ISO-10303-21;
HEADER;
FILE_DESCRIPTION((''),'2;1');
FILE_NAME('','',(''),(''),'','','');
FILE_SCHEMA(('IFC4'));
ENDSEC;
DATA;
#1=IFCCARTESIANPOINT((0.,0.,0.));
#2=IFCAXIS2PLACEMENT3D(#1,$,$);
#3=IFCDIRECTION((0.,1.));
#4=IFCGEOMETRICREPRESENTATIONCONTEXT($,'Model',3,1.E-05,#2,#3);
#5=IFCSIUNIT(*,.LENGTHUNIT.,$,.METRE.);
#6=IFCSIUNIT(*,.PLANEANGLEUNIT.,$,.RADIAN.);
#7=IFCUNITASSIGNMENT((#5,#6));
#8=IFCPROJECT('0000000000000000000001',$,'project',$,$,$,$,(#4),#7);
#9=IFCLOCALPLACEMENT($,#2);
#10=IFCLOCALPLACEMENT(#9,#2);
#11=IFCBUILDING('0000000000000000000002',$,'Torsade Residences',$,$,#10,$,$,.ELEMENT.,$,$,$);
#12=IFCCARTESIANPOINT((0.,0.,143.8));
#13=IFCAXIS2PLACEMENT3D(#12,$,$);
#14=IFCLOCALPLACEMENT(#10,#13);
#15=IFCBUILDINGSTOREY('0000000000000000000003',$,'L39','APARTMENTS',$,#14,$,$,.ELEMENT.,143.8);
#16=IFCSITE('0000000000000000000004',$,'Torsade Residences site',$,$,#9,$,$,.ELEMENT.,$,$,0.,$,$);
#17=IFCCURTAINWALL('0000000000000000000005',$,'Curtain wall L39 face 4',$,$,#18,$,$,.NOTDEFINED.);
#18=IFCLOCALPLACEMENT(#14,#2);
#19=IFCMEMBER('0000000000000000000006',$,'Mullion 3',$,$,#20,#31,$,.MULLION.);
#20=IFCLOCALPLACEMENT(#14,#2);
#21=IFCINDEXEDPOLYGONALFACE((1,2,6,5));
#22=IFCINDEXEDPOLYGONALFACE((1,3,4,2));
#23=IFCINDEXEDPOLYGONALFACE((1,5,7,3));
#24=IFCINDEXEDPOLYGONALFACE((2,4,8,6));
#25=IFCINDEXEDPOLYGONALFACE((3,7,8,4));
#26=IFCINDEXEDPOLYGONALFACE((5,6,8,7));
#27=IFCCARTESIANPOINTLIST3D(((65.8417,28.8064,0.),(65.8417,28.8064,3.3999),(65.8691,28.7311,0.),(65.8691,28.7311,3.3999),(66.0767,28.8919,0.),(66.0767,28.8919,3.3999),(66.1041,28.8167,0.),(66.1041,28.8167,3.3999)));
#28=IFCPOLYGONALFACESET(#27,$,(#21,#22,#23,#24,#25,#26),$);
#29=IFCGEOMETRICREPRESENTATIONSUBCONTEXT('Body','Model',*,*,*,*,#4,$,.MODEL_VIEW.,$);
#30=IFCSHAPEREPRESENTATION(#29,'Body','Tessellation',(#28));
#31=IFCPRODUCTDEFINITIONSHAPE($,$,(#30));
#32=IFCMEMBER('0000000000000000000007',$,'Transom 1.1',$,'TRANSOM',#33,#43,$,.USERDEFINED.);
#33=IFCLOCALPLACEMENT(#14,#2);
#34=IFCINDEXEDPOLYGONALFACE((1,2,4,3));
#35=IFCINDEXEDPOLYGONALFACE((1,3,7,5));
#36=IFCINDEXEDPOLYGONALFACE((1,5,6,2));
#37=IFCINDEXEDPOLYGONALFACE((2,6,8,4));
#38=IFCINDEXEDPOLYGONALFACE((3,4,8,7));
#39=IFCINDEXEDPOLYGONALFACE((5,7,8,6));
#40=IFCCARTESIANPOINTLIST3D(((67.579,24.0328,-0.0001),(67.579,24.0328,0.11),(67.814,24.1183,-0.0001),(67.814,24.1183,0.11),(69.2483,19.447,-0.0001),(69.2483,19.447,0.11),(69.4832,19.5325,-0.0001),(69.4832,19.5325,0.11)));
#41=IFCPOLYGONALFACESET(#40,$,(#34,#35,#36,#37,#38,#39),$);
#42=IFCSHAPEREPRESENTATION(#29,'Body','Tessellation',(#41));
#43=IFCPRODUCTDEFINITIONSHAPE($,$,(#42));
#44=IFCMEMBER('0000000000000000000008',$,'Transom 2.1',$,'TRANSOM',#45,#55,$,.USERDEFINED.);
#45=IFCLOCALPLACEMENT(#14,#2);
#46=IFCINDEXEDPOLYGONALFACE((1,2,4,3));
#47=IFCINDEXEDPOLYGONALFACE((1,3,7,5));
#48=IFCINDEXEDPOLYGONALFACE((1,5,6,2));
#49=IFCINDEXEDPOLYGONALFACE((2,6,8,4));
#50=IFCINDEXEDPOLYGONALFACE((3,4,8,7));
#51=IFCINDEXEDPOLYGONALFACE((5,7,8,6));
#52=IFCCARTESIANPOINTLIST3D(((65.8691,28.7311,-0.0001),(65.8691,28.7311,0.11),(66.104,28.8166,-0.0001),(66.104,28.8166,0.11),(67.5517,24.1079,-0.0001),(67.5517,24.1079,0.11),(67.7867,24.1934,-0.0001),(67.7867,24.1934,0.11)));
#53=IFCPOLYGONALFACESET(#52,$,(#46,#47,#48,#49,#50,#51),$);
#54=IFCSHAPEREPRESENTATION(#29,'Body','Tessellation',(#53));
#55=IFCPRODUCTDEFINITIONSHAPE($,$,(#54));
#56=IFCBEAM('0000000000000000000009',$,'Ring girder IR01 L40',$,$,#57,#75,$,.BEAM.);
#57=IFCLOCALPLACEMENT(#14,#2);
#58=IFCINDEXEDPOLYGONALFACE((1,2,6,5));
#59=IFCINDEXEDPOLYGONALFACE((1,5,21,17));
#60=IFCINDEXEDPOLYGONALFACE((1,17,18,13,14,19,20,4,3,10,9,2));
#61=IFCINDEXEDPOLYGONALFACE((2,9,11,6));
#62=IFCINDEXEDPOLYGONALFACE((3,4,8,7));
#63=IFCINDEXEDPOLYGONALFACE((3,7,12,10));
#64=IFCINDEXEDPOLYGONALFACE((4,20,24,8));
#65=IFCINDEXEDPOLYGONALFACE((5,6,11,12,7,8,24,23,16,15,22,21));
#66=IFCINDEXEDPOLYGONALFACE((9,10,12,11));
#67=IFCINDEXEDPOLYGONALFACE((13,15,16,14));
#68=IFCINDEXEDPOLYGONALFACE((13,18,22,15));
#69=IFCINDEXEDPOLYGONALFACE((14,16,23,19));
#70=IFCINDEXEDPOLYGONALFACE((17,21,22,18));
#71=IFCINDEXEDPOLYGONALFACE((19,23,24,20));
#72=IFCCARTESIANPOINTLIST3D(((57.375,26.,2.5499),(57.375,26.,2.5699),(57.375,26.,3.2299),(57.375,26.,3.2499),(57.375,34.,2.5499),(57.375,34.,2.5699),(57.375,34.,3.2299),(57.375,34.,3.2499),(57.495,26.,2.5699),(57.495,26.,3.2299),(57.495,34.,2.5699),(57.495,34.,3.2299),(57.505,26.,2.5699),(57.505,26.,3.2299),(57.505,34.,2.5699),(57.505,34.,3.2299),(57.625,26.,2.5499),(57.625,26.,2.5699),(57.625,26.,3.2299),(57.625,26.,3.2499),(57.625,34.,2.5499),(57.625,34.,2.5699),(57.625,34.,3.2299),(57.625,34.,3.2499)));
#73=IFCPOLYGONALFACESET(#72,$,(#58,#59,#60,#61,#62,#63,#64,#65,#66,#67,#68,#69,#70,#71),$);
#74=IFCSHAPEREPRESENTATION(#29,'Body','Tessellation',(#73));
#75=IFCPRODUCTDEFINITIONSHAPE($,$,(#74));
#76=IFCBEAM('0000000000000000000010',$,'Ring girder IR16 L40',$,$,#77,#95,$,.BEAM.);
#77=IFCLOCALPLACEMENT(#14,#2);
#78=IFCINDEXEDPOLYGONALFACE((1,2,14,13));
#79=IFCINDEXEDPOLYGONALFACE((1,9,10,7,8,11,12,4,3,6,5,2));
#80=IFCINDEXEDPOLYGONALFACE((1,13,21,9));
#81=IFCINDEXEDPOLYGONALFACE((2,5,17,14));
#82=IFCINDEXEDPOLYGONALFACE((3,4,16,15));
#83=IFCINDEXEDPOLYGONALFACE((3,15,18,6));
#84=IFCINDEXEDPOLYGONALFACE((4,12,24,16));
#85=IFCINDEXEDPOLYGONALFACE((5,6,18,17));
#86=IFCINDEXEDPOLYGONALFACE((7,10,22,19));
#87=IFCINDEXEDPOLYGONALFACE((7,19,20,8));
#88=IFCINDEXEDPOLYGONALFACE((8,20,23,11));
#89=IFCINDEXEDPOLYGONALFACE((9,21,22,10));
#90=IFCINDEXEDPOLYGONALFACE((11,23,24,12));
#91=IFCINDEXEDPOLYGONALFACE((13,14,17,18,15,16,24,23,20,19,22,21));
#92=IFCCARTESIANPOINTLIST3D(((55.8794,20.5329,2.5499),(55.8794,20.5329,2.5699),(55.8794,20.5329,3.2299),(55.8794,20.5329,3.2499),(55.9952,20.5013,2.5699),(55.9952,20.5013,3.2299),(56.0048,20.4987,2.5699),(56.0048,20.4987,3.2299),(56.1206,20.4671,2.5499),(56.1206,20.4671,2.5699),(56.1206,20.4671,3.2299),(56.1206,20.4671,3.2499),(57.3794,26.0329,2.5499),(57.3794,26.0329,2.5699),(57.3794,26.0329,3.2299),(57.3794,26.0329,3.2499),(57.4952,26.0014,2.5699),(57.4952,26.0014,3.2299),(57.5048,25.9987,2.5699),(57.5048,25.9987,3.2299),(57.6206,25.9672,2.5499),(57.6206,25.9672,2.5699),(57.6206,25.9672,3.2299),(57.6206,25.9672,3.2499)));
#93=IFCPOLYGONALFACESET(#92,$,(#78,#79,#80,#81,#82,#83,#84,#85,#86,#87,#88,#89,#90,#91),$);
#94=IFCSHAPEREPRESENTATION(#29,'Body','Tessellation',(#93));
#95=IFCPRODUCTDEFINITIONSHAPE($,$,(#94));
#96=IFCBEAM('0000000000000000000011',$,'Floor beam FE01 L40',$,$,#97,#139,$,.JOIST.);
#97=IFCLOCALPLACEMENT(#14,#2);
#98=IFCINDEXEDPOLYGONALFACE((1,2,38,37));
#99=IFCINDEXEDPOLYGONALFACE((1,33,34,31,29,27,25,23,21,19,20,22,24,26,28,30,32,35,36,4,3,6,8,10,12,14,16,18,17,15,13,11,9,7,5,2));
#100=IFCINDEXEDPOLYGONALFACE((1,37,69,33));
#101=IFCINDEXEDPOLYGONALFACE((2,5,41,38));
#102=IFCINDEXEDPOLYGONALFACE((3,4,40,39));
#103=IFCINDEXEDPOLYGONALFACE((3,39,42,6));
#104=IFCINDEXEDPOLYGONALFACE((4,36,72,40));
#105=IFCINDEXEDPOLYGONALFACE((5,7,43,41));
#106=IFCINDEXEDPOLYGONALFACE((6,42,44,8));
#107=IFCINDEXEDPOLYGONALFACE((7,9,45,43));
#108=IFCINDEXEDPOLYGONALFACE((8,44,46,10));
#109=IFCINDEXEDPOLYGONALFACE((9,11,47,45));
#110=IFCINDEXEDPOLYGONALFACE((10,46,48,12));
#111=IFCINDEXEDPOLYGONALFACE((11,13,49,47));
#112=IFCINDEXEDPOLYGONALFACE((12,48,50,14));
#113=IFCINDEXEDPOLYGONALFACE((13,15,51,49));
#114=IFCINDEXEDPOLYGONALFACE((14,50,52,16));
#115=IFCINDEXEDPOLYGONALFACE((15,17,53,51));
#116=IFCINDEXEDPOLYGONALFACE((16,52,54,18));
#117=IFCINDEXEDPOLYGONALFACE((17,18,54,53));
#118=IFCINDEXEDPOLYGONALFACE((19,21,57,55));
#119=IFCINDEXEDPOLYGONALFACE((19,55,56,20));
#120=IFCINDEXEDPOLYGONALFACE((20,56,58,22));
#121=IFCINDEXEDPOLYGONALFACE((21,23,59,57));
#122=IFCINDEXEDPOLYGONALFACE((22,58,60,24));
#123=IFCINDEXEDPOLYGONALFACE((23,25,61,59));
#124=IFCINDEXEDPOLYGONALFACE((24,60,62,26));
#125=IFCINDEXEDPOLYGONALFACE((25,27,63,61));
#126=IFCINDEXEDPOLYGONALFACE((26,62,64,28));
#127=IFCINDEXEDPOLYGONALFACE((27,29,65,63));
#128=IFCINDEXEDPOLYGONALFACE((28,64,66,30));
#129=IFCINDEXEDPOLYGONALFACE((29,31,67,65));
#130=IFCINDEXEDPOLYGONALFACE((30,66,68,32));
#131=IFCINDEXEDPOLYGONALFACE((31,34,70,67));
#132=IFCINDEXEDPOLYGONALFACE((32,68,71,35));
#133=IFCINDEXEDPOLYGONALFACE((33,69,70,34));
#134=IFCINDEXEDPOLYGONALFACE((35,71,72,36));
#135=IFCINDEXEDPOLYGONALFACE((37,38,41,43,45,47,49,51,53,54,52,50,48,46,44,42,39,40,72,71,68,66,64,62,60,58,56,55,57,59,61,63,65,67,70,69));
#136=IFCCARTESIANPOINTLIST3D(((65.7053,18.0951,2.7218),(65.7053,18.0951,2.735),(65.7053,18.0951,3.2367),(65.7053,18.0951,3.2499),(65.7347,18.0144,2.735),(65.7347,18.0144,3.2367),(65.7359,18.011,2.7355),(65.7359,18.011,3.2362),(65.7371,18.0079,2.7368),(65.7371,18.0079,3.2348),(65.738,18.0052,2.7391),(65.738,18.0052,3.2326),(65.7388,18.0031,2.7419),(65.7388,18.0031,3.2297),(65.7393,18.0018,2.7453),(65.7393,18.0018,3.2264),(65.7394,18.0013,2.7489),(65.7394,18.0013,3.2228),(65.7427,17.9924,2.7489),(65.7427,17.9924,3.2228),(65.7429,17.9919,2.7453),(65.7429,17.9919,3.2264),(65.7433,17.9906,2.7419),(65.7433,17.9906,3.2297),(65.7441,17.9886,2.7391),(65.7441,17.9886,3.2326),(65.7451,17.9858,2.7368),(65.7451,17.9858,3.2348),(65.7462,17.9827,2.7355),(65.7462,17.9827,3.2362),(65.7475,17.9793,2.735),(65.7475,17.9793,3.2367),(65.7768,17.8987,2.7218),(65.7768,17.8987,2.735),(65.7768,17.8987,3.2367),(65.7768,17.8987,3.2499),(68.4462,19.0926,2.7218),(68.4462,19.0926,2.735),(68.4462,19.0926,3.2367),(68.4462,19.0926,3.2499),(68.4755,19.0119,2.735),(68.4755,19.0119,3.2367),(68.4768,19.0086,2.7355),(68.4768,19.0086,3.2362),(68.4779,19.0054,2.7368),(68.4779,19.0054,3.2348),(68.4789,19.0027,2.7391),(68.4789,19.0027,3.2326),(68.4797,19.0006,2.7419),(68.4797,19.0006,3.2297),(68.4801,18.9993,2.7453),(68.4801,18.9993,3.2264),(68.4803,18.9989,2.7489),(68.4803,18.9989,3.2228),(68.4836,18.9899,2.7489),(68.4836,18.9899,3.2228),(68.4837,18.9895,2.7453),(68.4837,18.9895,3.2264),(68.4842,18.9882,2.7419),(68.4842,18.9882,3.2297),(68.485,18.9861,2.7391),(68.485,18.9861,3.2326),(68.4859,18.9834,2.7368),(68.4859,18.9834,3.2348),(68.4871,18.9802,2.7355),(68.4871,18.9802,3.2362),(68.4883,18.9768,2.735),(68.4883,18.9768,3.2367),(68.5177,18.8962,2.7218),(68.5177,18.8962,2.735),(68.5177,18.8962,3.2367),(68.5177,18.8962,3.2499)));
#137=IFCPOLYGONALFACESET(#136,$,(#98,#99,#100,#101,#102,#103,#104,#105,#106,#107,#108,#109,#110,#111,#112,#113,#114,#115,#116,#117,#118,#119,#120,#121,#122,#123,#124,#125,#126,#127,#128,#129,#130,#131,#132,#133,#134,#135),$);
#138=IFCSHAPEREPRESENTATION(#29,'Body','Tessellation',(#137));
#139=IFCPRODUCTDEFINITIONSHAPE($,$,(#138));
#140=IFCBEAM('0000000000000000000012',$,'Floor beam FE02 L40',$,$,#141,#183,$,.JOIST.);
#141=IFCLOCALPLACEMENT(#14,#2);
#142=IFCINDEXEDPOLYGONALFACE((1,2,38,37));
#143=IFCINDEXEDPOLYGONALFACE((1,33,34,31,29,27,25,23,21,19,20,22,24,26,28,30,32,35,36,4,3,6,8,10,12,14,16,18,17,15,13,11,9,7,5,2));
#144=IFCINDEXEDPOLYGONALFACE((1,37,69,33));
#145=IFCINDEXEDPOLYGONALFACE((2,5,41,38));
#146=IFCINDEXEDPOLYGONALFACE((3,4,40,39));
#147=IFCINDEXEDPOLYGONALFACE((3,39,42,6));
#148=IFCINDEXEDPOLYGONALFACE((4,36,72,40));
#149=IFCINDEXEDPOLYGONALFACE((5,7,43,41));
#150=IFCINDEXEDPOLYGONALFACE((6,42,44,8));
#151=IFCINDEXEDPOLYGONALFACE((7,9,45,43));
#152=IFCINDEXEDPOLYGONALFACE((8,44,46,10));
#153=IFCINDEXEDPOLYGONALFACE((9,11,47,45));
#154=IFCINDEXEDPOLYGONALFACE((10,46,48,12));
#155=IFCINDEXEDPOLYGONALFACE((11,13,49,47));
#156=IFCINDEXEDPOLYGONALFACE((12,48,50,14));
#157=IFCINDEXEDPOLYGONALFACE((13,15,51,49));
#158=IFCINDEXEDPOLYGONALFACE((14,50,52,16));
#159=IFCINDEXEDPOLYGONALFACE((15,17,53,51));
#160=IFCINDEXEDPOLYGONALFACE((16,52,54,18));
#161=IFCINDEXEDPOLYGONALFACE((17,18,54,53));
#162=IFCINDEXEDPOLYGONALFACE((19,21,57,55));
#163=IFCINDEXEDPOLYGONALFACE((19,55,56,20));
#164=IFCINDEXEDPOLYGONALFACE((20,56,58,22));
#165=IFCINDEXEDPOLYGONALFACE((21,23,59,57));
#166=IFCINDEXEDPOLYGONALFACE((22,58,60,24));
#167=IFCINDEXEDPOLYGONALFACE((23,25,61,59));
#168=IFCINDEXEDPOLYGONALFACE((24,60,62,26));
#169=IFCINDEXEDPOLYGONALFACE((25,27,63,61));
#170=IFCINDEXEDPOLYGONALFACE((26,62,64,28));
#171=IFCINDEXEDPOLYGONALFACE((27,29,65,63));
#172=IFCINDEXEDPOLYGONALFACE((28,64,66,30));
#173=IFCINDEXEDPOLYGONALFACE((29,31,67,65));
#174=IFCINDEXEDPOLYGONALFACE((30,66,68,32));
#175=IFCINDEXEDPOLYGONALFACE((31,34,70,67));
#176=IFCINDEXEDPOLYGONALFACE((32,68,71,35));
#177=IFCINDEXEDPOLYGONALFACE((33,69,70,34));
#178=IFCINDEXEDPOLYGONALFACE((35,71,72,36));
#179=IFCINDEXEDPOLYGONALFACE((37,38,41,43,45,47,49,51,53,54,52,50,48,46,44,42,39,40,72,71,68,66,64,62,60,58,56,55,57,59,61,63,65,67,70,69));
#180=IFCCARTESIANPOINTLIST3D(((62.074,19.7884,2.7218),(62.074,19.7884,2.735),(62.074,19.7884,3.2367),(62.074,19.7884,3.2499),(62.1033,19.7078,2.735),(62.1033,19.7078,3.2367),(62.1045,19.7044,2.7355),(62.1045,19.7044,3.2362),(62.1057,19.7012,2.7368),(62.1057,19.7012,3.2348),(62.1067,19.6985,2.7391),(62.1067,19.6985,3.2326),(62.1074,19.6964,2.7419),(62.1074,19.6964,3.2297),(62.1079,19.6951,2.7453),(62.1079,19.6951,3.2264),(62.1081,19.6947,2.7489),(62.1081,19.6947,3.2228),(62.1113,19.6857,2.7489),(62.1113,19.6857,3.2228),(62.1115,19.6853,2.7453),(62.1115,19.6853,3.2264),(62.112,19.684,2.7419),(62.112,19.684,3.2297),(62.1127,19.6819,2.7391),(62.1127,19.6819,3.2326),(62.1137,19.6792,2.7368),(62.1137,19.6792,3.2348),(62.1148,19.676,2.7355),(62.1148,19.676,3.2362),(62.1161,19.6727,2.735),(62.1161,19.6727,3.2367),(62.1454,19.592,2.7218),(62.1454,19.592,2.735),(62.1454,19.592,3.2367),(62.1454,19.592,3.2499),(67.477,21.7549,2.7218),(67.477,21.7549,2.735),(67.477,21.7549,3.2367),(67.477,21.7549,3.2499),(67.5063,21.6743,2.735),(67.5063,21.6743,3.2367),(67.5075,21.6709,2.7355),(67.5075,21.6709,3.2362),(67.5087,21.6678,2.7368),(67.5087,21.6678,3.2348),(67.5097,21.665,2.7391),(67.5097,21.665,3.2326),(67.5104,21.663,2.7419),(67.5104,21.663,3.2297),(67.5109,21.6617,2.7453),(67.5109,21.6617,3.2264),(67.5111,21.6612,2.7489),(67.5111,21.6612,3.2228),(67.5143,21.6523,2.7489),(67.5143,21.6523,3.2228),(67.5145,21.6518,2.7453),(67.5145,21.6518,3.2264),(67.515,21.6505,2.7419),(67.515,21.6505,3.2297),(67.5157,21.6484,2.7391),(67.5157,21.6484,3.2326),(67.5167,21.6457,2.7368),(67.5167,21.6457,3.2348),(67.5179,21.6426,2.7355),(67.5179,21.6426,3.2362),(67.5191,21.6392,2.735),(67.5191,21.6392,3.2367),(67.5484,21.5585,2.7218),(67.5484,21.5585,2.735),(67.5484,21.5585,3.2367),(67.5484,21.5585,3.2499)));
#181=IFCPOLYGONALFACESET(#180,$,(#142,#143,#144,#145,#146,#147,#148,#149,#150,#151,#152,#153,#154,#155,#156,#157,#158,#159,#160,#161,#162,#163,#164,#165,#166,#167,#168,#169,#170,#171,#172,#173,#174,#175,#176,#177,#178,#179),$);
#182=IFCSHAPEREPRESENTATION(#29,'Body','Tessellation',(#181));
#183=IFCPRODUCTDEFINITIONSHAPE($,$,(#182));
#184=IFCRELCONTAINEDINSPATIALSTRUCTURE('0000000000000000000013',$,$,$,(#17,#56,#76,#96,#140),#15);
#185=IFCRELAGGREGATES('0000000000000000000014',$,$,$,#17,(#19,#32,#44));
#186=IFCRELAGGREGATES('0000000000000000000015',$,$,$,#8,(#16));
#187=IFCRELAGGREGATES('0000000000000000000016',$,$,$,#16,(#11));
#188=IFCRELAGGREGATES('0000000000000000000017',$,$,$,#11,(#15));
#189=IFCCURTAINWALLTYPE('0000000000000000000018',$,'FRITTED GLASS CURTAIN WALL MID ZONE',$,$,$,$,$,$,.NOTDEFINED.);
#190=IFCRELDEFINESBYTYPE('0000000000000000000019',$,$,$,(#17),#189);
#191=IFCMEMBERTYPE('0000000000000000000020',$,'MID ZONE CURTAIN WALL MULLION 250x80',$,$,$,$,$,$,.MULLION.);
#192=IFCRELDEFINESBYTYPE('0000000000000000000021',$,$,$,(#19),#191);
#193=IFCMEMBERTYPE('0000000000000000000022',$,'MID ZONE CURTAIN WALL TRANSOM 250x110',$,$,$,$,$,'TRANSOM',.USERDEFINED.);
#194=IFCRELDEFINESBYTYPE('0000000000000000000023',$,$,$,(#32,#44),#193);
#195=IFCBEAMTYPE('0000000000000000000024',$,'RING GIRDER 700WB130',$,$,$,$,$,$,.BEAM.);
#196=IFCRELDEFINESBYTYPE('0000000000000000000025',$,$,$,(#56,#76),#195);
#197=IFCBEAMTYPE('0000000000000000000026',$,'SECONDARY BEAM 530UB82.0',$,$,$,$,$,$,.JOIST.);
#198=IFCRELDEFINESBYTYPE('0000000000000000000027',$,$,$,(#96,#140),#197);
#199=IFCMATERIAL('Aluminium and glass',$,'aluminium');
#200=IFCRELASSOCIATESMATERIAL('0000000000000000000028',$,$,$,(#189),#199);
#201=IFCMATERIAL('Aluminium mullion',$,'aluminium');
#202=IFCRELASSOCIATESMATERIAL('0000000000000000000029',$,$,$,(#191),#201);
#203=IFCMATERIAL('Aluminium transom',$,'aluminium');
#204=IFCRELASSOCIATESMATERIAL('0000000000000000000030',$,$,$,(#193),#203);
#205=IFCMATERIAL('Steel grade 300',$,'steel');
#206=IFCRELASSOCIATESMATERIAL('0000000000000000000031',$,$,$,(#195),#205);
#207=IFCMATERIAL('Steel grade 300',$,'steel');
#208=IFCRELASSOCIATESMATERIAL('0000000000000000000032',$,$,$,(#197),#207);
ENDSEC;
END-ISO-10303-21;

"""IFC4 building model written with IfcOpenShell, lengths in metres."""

from ifc_helpers import new_model, si_unit, direction, frame, origin, origin_2d, place, context, subcontext, project, spatial, rectangle, i_section, extrude, material, material_profile, profile_set, type_object, element, aggregate, save


model = new_model("IFC4")

# Units and contexts
model_context = context("Model", 3, precision=1e-05, world=origin(), true_north=direction((0.0, 1.0)))
body_context = subcontext(model_context, "Body", "Model", "MODEL_VIEW")
ifc_project = project(units=[si_unit("LENGTHUNIT", "METRE"), si_unit("PLANEANGLEUNIT", "RADIAN")], contexts=[model_context])

# Site, building, storey
site_placement = place(None, origin())
site = spatial("IfcSite", under=ifc_project, at=site_placement, Name="Torsade Residences site", CompositionType="ELEMENT", RefElevation=0.0)
building_placement = place(site_placement, origin())
building = spatial("IfcBuilding", under=site, at=building_placement, Name="Torsade Residences", CompositionType="ELEMENT")
storey_placement = place(building_placement, frame((0.0, 0.0, 143.8)))
storey = spatial("IfcBuildingStorey", under=building, at=storey_placement, Name="L39", Description="APARTMENTS", CompositionType="ELEMENT", Elevation=143.8)

# Curtain wall, members
ifc_material_1 = material(Name="Aluminium and glass", Category="aluminium")
curtain_wall_type = type_object("IfcCurtainWallType", Name="FRITTED GLASS CURTAIN WALL MID ZONE", PredefinedType="NOTDEFINED", material=ifc_material_1)
curtain_wall_placement = place(storey_placement, origin())
curtain_wall = element("IfcCurtainWall", 1, at=curtain_wall_placement, inside=storey, type_object=curtain_wall_type, Name="Curtain wall L39 face 4", PredefinedType="NOTDEFINED")
ifc_material_2 = material(Name="Aluminium mullion", Category="aluminium")
ifc_material_profile_1 = material_profile(ifc_material_2, rectangle(XDim=0.25, YDim=0.0801, at=origin_2d()), Name="MID ZONE CURTAIN WALL MULLION 250x80")
ifc_profile_set_1 = profile_set([ifc_material_profile_1], Name="Aluminium mullion")
member_type_1 = type_object("IfcMemberType", Name="MID ZONE CURTAIN WALL MULLION 250x80", PredefinedType="MULLION", material=ifc_profile_set_1)
member_1_placement = place(storey_placement, frame((65.9729, 28.8115, 0.0), z_axis=(0.0, 0.0, 1.0), x_axis=(-0.939693, -0.34202, 0.0)))
member_1 = element("IfcMember", 2, at=member_1_placement, type_object=member_type_1, Name="Mullion 3", PredefinedType="MULLION", context=body_context, shape_type="SweptSolid", body=[
    extrude(rectangle(XDim=0.25, YDim=0.0801, at=origin_2d()), origin(), (0.0, 0.0, 1.0), 3.3999),
])
ifc_material_3 = material(Name="Aluminium transom", Category="aluminium")
ifc_material_profile_2 = material_profile(ifc_material_3, rectangle(XDim=0.25, YDim=0.1101, at=origin_2d()), Name="MID ZONE CURTAIN WALL TRANSOM 250x110")
ifc_profile_set_2 = profile_set([ifc_material_profile_2], Name="Aluminium transom")
member_type_2 = type_object("IfcMemberType", Name="MID ZONE CURTAIN WALL TRANSOM 250x110", ElementType="TRANSOM", PredefinedType="USERDEFINED", material=ifc_profile_set_2)
member_2_placement = place(storey_placement, frame((69.3657, 19.4897, 0.0549), z_axis=(-0.342044, 0.939684, 0.0), x_axis=(-0.939684, -0.342044, 0.0)))
member_2 = element("IfcMember", 3, at=member_2_placement, type_object=member_type_2, Name="Transom 1.1", ObjectType="TRANSOM", PredefinedType="USERDEFINED", context=body_context, shape_type="SweptSolid", body=[
    extrude(rectangle(XDim=0.25, YDim=0.1101, at=origin_2d()), origin(), (0.0, 0.0, 1.0), 4.8801),
])
member_3_placement = place(storey_placement, frame((67.6692, 24.1506, 0.0549), z_axis=(-0.341998, 0.939701, 0.0), x_axis=(-0.939701, -0.341998, 0.0)))
member_3 = element("IfcMember", 4, at=member_3_placement, type_object=member_type_2, Name="Transom 2.1", ObjectType="TRANSOM", PredefinedType="USERDEFINED", context=body_context, shape_type="SweptSolid", body=[
    extrude(rectangle(XDim=0.25, YDim=0.1101, at=origin_2d()), origin(), (0.0, 0.0, 1.0), 4.9199),
])

# Beams
ifc_material_4 = material(Name="Steel grade 300", Category="steel")
ifc_material_profile_3 = material_profile(ifc_material_4, i_section(OverallWidth=0.25, OverallDepth=0.7, WebThickness=0.01, FlangeThickness=0.02, at=origin_2d()), Name="700WB130")
ifc_profile_set_3 = profile_set([ifc_material_profile_3], Name="Steel grade 300")
beam_type_1 = type_object("IfcBeamType", Name="RING GIRDER 700WB130", PredefinedType="BEAM", material=ifc_profile_set_3)
beam_1_placement = place(storey_placement, frame((57.5, 26.0, 2.8999), z_axis=(0.0, 1.0, 0.0), x_axis=(-1.0, 0.0, 0.0)))
element("IfcBeam", 5, at=beam_1_placement, inside=storey, type_object=beam_type_1, Name="Ring girder IR01 L40", PredefinedType="BEAM", context=body_context, shape_type="SweptSolid", body=[
    extrude(i_section(OverallWidth=0.25, OverallDepth=0.7, WebThickness=0.01, FlangeThickness=0.02, at=origin_2d()), origin(), (0.0, 0.0, 1.0), 8.0),
])
beam_2_placement = place(storey_placement, frame((56.0, 20.5, 2.8999), z_axis=(0.263117, 0.964764, 0.0), x_axis=(-0.964764, 0.263117, 0.0)))
element("IfcBeam", 6, at=beam_2_placement, inside=storey, type_object=beam_type_1, Name="Ring girder IR16 L40", PredefinedType="BEAM", context=body_context, shape_type="SweptSolid", body=[
    extrude(i_section(OverallWidth=0.25, OverallDepth=0.7, WebThickness=0.01, FlangeThickness=0.02, at=origin_2d()), origin(), (0.0, 0.0, 1.0), 5.7009),
])
ifc_material_5 = material(Name="Steel grade 300", Category="steel")
ifc_material_profile_4 = material_profile(ifc_material_5, i_section(OverallWidth=0.209, OverallDepth=0.5281, WebThickness=0.0095, FlangeThickness=0.0132, FilletRadius=0.0139, at=origin_2d()), Name="530UB82.0")
ifc_profile_set_4 = profile_set([ifc_material_profile_4], Name="Steel grade 300")
beam_type_2 = type_object("IfcBeamType", Name="SECONDARY BEAM 530UB82.0", PredefinedType="JOIST", material=ifc_profile_set_4)
beam_3_placement = place(storey_placement, frame((68.4819, 18.9944, 2.9858), z_axis=(-0.939701, -0.341998, 0.0), x_axis=(0.341998, -0.939701, 0.0)))
element("IfcBeam", 7, at=beam_3_placement, inside=storey, type_object=beam_type_2, Name="Floor beam FE01 L40", PredefinedType="JOIST", context=body_context, shape_type="SweptSolid", body=[
    extrude(i_section(OverallWidth=0.209, OverallDepth=0.5281, WebThickness=0.0095, FlangeThickness=0.0132, FilletRadius=0.0139, at=origin_2d()), origin(), (0.0, 0.0, 1.0), 2.9167),
])
beam_4_placement = place(storey_placement, frame((67.5127, 21.6567, 2.9858), z_axis=(-0.939693, -0.342019, 0.0), x_axis=(0.342019, -0.939693, 0.0)))
element("IfcBeam", 8, at=beam_4_placement, inside=storey, type_object=beam_type_2, Name="Floor beam FE02 L40", PredefinedType="JOIST", context=body_context, shape_type="SweptSolid", body=[
    extrude(i_section(OverallWidth=0.209, OverallDepth=0.5281, WebThickness=0.0095, FlangeThickness=0.0132, FilletRadius=0.0139, at=origin_2d()), origin(), (0.0, 0.0, 1.0), 5.7498),
])

aggregate(curtain_wall, [member_1, member_2, member_3])

save(model, "model.ifc")
